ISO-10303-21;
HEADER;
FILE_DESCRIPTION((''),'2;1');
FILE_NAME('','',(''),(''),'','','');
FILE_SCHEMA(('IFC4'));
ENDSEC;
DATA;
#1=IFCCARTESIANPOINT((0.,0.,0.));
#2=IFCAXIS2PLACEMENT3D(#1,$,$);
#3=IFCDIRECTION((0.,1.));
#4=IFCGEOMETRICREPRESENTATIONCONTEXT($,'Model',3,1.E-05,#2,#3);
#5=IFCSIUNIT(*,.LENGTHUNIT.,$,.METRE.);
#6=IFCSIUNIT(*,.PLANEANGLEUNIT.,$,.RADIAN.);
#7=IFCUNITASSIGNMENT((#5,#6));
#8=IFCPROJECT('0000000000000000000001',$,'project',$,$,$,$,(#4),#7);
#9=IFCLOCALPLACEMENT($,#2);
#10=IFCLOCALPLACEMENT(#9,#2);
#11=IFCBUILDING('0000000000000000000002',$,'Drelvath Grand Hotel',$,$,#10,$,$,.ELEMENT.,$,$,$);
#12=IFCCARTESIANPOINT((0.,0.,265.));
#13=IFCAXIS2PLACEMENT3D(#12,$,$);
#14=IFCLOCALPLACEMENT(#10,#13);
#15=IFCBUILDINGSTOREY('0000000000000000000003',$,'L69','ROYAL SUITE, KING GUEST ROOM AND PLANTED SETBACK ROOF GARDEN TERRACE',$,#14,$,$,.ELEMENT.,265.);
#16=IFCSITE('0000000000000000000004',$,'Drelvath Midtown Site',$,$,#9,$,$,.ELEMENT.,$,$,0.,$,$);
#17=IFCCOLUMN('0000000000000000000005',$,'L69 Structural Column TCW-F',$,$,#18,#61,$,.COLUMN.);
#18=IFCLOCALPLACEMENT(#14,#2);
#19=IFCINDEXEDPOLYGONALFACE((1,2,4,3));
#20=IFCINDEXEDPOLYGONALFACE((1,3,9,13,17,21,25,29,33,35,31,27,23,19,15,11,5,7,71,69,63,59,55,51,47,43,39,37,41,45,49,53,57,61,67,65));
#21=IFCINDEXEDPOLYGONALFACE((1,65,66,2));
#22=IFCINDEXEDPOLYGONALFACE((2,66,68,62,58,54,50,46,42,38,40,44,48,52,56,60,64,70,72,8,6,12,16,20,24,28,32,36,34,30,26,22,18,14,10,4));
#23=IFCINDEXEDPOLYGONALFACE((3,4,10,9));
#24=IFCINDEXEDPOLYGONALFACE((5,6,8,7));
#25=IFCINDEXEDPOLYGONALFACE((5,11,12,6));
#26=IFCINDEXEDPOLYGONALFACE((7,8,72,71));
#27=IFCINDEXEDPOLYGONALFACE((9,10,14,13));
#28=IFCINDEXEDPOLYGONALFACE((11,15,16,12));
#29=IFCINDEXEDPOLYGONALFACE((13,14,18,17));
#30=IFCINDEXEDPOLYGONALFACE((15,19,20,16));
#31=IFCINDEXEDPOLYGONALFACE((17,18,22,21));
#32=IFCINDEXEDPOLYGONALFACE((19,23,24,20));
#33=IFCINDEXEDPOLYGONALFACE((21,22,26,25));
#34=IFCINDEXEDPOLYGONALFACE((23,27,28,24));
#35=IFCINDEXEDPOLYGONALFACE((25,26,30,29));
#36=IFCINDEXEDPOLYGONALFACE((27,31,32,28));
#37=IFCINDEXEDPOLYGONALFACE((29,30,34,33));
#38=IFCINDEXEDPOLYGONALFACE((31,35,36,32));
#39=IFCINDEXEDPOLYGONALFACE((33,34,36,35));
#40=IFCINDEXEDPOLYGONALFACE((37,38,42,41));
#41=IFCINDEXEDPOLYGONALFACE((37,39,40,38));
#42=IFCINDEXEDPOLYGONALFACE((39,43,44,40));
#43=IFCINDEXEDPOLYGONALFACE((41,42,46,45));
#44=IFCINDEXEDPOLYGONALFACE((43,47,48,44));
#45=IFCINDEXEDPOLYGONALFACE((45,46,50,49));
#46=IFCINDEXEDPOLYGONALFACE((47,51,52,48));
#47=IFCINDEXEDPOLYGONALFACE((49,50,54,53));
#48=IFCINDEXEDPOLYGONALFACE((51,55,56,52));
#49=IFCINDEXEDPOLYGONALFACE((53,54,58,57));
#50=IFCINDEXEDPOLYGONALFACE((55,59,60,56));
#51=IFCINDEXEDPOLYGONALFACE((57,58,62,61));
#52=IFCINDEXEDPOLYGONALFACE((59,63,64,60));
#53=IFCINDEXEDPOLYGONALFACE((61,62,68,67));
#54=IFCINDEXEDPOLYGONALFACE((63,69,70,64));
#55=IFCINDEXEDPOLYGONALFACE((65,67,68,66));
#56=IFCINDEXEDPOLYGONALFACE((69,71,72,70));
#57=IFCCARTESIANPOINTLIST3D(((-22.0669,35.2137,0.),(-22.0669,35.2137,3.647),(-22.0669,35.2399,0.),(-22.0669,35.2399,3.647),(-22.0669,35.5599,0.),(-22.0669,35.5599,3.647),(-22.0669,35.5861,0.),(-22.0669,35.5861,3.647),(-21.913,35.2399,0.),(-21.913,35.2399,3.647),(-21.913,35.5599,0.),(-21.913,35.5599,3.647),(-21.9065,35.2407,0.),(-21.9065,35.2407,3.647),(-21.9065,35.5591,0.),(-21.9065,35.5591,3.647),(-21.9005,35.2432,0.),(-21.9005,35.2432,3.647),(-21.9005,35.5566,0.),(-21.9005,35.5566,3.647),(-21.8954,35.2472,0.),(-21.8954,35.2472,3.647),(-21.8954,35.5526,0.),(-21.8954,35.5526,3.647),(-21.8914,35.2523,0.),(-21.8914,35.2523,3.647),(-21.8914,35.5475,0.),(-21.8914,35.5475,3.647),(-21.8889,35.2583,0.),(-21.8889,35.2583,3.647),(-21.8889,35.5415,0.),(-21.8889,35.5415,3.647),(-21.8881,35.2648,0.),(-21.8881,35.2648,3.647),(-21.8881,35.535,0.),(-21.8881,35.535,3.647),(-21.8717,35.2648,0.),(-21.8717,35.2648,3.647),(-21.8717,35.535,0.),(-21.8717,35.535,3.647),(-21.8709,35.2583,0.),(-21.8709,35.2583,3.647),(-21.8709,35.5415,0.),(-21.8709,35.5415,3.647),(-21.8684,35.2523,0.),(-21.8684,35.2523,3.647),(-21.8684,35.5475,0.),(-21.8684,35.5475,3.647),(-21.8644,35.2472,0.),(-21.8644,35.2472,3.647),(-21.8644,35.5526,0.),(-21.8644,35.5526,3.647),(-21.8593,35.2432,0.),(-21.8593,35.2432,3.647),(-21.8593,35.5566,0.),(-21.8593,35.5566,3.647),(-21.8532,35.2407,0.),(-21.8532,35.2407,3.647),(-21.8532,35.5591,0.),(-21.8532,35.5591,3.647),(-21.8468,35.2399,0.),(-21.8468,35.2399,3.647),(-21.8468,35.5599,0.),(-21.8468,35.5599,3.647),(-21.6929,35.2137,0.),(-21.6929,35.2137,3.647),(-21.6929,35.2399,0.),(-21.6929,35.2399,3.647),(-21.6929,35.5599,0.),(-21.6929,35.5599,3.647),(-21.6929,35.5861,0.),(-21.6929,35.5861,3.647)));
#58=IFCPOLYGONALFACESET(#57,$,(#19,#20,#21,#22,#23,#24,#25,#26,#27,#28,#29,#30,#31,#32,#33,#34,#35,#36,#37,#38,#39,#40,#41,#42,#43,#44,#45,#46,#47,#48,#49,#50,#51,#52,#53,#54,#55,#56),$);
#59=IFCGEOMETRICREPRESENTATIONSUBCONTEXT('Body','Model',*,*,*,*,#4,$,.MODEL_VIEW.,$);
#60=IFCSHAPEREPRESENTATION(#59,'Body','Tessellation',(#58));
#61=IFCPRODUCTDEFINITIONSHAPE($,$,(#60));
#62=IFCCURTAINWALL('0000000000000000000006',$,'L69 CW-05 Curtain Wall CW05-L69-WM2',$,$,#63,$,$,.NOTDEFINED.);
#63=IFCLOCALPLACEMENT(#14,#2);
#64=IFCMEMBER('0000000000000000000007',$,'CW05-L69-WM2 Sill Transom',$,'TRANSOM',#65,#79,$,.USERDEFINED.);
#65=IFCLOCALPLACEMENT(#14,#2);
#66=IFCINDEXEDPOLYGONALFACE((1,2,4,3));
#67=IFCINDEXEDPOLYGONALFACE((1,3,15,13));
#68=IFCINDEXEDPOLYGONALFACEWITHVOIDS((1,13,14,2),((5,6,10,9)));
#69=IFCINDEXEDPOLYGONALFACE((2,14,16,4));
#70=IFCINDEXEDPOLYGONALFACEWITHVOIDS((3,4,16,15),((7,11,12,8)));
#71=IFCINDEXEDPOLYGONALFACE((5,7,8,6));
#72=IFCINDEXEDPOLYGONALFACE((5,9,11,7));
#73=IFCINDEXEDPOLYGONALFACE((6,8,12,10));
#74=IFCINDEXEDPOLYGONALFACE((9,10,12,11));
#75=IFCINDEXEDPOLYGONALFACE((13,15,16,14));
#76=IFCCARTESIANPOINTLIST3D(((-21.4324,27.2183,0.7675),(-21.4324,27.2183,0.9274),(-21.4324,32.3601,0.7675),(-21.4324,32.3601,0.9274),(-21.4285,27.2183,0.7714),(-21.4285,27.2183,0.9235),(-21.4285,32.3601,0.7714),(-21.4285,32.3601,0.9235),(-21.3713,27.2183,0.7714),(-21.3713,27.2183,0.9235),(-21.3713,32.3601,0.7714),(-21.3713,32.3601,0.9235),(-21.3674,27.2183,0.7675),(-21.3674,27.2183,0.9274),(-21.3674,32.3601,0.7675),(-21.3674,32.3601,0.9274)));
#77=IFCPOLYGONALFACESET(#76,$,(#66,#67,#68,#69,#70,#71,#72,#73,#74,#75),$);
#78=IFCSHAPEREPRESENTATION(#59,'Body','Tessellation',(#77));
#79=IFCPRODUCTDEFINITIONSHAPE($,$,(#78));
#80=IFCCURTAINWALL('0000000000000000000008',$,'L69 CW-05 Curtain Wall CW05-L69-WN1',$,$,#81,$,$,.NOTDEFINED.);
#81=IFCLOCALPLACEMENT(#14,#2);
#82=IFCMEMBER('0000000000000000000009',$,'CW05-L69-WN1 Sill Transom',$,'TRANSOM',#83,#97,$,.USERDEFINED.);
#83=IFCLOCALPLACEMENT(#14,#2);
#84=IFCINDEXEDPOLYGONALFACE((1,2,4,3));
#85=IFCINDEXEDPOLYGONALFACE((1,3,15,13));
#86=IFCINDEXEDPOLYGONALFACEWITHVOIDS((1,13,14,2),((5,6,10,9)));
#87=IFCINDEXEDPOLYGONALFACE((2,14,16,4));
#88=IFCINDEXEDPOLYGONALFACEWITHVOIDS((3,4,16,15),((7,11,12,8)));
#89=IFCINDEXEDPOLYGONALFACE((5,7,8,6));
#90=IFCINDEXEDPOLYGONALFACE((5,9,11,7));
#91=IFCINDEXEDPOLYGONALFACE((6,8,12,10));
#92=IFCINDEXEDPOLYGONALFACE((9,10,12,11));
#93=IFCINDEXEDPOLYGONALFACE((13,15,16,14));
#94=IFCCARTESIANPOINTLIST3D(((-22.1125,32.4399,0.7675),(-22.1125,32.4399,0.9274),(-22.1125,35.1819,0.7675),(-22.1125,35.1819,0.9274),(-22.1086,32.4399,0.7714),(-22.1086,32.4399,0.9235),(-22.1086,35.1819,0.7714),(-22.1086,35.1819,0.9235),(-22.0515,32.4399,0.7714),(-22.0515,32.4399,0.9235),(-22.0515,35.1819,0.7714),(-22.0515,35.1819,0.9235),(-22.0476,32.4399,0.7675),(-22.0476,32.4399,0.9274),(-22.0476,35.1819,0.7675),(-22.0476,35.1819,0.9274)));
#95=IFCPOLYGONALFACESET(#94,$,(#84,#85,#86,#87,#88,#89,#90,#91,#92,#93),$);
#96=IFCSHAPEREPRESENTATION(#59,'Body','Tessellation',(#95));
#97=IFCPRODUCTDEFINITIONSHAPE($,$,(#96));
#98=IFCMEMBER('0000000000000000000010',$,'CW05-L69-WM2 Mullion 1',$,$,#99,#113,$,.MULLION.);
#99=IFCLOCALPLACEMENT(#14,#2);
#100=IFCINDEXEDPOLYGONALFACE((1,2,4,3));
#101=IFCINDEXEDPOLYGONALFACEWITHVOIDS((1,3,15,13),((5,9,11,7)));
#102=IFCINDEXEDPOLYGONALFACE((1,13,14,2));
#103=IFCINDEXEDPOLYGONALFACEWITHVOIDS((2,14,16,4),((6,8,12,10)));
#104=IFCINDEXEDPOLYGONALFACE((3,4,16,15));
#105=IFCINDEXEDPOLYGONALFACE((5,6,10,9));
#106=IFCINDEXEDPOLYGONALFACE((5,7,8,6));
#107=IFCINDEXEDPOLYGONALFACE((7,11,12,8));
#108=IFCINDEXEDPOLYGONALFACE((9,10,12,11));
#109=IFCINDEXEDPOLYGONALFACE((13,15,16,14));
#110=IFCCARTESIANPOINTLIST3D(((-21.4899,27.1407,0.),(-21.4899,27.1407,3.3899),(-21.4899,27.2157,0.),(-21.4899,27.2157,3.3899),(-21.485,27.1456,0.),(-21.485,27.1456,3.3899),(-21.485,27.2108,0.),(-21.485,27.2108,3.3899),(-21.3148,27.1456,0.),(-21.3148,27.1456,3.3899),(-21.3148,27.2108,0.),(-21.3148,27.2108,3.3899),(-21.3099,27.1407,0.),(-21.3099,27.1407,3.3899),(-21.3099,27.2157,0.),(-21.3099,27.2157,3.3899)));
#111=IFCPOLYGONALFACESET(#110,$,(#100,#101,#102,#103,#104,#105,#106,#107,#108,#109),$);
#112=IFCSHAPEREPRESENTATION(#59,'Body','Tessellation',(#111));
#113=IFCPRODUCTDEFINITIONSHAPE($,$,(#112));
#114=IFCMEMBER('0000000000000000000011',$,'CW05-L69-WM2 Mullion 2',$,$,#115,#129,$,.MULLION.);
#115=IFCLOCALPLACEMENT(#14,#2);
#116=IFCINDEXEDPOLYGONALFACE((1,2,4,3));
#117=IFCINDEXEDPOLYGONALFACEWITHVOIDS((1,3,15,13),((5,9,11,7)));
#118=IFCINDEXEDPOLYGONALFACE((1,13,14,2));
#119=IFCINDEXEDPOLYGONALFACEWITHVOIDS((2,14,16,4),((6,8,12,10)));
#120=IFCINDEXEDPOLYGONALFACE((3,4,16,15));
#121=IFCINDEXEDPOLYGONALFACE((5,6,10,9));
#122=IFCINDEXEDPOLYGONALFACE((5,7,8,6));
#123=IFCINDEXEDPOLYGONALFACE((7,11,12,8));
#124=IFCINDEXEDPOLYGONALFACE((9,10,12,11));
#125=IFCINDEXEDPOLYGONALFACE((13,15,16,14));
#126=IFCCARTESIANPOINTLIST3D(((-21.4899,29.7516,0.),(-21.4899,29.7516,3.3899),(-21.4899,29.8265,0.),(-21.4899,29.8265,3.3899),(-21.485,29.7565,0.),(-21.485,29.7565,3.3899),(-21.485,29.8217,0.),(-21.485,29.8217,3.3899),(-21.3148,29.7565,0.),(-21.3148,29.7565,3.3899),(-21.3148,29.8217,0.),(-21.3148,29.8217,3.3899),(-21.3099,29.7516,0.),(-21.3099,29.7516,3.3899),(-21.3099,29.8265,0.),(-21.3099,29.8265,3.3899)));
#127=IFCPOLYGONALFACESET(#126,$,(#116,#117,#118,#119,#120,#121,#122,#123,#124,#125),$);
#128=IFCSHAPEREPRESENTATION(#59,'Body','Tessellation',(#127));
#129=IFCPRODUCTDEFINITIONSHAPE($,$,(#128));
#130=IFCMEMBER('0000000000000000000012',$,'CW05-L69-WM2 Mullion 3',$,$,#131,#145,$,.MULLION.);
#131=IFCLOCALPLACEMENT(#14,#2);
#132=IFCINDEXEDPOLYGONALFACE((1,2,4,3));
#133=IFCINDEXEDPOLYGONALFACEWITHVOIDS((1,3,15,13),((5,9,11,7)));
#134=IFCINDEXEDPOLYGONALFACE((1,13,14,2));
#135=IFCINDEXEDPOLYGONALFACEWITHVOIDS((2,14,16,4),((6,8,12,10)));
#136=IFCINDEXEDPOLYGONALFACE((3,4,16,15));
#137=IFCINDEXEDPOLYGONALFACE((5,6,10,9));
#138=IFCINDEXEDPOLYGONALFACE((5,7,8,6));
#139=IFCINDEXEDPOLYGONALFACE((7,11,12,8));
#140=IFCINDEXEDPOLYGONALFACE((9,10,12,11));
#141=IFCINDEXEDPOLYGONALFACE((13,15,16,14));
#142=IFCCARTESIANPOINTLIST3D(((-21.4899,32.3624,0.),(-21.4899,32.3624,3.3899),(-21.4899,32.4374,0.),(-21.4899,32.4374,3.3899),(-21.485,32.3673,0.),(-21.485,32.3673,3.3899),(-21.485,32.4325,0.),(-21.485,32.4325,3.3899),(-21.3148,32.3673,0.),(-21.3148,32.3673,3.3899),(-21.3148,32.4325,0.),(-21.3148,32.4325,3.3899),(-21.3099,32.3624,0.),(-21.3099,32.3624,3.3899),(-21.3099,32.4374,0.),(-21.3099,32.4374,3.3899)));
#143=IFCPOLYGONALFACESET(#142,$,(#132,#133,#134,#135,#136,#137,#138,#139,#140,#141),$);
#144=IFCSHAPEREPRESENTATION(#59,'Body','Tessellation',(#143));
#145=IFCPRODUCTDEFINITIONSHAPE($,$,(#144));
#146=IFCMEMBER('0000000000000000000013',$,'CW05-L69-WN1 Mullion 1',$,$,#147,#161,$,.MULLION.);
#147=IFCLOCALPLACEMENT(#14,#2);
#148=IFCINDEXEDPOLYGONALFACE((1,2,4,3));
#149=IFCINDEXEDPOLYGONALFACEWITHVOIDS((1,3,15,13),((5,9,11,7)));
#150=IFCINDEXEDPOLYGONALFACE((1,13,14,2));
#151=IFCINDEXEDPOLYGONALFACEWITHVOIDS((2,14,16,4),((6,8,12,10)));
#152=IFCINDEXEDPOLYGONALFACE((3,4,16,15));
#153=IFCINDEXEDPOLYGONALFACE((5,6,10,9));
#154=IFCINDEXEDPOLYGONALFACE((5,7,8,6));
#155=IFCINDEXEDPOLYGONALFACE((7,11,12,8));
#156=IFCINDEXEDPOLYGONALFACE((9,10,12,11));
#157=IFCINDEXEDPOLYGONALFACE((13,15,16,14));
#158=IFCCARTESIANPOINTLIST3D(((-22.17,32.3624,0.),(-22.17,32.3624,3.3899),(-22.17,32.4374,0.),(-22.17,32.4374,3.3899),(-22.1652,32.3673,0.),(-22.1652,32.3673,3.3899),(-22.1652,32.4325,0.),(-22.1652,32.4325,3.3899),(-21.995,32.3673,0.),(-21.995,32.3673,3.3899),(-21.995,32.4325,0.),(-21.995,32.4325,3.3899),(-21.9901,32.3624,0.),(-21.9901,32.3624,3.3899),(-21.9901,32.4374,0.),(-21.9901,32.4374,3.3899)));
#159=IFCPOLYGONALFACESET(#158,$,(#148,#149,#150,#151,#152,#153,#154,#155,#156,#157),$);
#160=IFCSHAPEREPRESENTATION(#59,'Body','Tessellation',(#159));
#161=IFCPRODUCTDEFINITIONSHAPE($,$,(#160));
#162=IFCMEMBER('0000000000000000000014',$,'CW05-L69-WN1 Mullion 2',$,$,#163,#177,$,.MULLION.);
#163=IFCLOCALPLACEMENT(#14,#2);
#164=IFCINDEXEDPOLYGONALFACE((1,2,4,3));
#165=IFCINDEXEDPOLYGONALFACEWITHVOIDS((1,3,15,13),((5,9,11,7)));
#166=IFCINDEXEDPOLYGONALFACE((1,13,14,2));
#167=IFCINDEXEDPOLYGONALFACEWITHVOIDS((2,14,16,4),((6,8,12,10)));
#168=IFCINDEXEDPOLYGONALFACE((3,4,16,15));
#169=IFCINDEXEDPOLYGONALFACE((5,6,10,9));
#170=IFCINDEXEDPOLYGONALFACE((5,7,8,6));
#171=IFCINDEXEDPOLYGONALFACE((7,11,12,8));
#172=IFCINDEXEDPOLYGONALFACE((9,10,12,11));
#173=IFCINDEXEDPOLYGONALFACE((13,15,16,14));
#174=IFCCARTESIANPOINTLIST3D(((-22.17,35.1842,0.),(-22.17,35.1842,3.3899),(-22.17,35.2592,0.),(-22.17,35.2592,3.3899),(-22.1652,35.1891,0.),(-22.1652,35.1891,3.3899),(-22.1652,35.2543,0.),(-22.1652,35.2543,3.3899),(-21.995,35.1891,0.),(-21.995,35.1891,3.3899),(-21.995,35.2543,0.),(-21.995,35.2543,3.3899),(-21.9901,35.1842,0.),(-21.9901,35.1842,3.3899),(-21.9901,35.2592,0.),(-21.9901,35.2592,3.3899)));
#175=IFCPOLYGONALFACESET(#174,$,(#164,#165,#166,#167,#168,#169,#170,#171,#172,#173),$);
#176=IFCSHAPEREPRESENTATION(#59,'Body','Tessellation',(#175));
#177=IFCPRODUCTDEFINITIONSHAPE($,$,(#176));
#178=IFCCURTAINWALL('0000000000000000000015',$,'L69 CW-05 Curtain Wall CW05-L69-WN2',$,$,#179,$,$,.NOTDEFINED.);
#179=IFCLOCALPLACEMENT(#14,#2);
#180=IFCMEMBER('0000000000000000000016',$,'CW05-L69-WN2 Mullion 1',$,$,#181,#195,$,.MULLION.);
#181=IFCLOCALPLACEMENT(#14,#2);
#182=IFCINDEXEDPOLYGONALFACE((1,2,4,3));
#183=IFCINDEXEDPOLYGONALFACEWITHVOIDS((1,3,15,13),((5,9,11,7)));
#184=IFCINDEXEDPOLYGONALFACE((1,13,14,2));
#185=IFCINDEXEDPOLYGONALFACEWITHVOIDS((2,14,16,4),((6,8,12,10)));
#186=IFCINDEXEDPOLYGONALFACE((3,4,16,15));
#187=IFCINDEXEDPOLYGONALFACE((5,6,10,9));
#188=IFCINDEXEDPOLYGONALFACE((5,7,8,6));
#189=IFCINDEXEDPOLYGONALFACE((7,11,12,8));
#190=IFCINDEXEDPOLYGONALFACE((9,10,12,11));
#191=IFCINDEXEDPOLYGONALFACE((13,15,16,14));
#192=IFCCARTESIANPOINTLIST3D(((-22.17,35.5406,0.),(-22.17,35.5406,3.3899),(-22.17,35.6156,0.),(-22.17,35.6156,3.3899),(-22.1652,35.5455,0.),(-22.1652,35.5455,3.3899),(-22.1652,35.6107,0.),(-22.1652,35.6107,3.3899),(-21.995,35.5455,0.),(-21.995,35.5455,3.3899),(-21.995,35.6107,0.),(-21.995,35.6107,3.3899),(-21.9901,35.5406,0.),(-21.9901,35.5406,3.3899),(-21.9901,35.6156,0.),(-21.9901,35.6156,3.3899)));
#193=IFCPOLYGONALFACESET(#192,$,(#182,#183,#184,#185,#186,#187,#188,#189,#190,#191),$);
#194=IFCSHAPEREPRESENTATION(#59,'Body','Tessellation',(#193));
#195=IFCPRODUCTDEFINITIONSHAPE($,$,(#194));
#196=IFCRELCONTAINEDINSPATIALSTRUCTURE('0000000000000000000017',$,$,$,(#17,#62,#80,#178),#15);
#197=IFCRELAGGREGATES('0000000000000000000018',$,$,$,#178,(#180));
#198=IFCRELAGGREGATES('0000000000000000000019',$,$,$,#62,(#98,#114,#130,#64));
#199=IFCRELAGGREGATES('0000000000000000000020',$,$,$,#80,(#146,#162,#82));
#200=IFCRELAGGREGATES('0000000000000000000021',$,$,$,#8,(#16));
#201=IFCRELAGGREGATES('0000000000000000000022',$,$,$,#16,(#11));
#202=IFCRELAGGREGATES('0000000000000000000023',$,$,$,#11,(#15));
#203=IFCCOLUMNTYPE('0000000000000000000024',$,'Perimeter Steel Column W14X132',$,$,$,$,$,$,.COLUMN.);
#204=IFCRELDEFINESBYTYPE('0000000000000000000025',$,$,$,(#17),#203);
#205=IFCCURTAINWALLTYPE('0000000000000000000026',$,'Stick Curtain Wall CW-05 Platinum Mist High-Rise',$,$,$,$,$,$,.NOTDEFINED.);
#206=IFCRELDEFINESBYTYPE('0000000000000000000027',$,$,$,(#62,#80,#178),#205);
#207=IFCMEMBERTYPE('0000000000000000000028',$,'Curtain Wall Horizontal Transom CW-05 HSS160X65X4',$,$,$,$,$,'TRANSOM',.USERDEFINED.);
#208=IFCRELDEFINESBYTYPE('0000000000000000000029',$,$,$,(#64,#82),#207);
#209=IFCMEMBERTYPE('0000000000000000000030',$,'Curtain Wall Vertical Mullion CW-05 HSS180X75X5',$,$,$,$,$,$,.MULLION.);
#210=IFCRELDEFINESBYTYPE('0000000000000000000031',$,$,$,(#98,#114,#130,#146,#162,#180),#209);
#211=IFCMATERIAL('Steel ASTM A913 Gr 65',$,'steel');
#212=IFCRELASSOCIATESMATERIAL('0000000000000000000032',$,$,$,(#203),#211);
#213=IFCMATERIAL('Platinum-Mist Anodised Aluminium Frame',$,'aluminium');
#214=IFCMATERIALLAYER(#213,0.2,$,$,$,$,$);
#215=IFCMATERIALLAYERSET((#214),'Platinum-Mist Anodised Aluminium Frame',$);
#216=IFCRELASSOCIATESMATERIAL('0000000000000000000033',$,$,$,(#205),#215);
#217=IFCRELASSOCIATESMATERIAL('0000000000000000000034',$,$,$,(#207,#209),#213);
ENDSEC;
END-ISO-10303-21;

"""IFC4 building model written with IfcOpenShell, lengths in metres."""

from ifc_helpers import new_model, si_unit, direction, frame, origin, origin_2d, place, context, subcontext, project, spatial, hollow_rectangle, i_section, extrude, material, layer, layer_set, material_profile, profile_set, type_object, element, aggregate, save


model = new_model("IFC4")

# Units and contexts
model_context = context("Model", 3, precision=1e-05, world=origin(), true_north=direction((0.0, 1.0)))
body_context = subcontext(model_context, "Body", "Model", "MODEL_VIEW")
ifc_project = project(units=[si_unit("LENGTHUNIT", "METRE"), si_unit("PLANEANGLEUNIT", "RADIAN")], contexts=[model_context])

# Site, building, storey
site_placement = place(None, origin())
site = spatial("IfcSite", under=ifc_project, at=site_placement, Name="Drelvath Midtown Site", CompositionType="ELEMENT", RefElevation=0.0)
building_placement = place(site_placement, origin())
building = spatial("IfcBuilding", under=site, at=building_placement, Name="Drelvath Grand Hotel", CompositionType="ELEMENT")
storey_placement = place(building_placement, frame((0.0, 0.0, 265.0)))
storey = spatial("IfcBuildingStorey", under=building, at=storey_placement, Name="L69", Description="ROYAL SUITE, KING GUEST ROOM AND PLANTED SETBACK ROOF GARDEN TERRACE", CompositionType="ELEMENT", Elevation=265.0)

# Column
ifc_material_1 = material(Name="Steel ASTM A913 Gr 65", Category="steel")
ifc_material_profile_1 = material_profile(ifc_material_1, i_section(OverallWidth=0.374, OverallDepth=0.3723, WebThickness=0.0164, FlangeThickness=0.0261, FilletRadius=0.0249, at=origin_2d()), Name="W14X132")
ifc_profile_set_1 = profile_set([ifc_material_profile_1], Name="Steel ASTM A913 Gr 65")
column_type = type_object("IfcColumnType", Name="Perimeter Steel Column W14X132", PredefinedType="COLUMN", material=ifc_profile_set_1)
column_placement = place(storey_placement, frame((-21.8799, 35.3999, 0.0), z_axis=(0.0, 0.0, 1.0), x_axis=(1.0, 0.0, 0.0)))
element("IfcColumn", 1, at=column_placement, inside=storey, type_object=column_type, Name="L69 Structural Column TCW-F", PredefinedType="COLUMN", context=body_context, shape_type="SweptSolid", body=[
    extrude(i_section(OverallWidth=0.374, OverallDepth=0.3723, WebThickness=0.0164, FlangeThickness=0.0261, FilletRadius=0.0249, at=origin_2d()), origin(), (0.0, 0.0, 1.0), 3.647),
])

# Curtain walls, members
ifc_material_2 = material(Name="Platinum-Mist Anodised Aluminium Frame", Category="aluminium")
ifc_layer_1 = layer(ifc_material_2, 0.2)
ifc_layer_set_1 = layer_set([ifc_layer_1], Name="Platinum-Mist Anodised Aluminium Frame")
curtain_wall_type = type_object("IfcCurtainWallType", Name="Stick Curtain Wall CW-05 Platinum Mist High-Rise", PredefinedType="NOTDEFINED", material=ifc_layer_set_1)
curtain_wall_1_placement = place(storey_placement, origin())
curtain_wall_1 = element("IfcCurtainWall", 2, at=curtain_wall_1_placement, inside=storey, type_object=curtain_wall_type, Name="L69 CW-05 Curtain Wall CW05-L69-WM2", PredefinedType="NOTDEFINED")
ifc_material_profile_2 = material_profile(ifc_material_2, hollow_rectangle(XDim=0.0649, YDim=0.1599, WallThickness=0.0039, at=origin_2d()), Name="HSS160X65X4")
ifc_profile_set_2 = profile_set([ifc_material_profile_2], Name="Platinum-Mist Anodised Aluminium Frame")
member_type_1 = type_object("IfcMemberType", Name="Curtain Wall Horizontal Transom CW-05 HSS160X65X4", ElementType="TRANSOM", PredefinedType="USERDEFINED", material=ifc_profile_set_2)
member_1_placement = place(storey_placement, frame((-21.3999, 27.2183, 0.8474), z_axis=(0.0, 1.0, 0.0), x_axis=(-1.0, 0.0, 0.0)))
member_1 = element("IfcMember", 3, at=member_1_placement, type_object=member_type_1, Name="CW05-L69-WM2 Sill Transom", ObjectType="TRANSOM", PredefinedType="USERDEFINED", context=body_context, shape_type="SweptSolid", body=[
    extrude(hollow_rectangle(XDim=0.0649, YDim=0.1599, WallThickness=0.0039, at=origin_2d()), origin(), (0.0, 0.0, 1.0), 5.1418),
])
curtain_wall_2_placement = place(storey_placement, origin())
curtain_wall_2 = element("IfcCurtainWall", 4, at=curtain_wall_2_placement, inside=storey, type_object=curtain_wall_type, Name="L69 CW-05 Curtain Wall CW05-L69-WN1", PredefinedType="NOTDEFINED")
member_2_placement = place(storey_placement, frame((-22.0801, 32.4399, 0.8474), z_axis=(0.0, 1.0, 0.0), x_axis=(-1.0, 0.0, 0.0)))
member_2 = element("IfcMember", 5, at=member_2_placement, type_object=member_type_1, Name="CW05-L69-WN1 Sill Transom", ObjectType="TRANSOM", PredefinedType="USERDEFINED", context=body_context, shape_type="SweptSolid", body=[
    extrude(hollow_rectangle(XDim=0.0649, YDim=0.1599, WallThickness=0.0039, at=origin_2d()), origin(), (0.0, 0.0, 1.0), 2.7419),
])

# Members
ifc_material_profile_3 = material_profile(ifc_material_2, hollow_rectangle(XDim=0.075, YDim=0.1799, WallThickness=0.0049, at=origin_2d()), Name="HSS180X75X5")
ifc_profile_set_3 = profile_set([ifc_material_profile_3], Name="Platinum-Mist Anodised Aluminium Frame")
member_type_2 = type_object("IfcMemberType", Name="Curtain Wall Vertical Mullion CW-05 HSS180X75X5", PredefinedType="MULLION", material=ifc_profile_set_3)
member_3_placement = place(storey_placement, frame((-21.3999, 27.1782, 0.0), z_axis=(0.0, 0.0, 1.0), x_axis=(0.0, 1.0, 0.0)))
member_3 = element("IfcMember", 6, at=member_3_placement, type_object=member_type_2, Name="CW05-L69-WM2 Mullion 1", PredefinedType="MULLION", context=body_context, shape_type="SweptSolid", body=[
    extrude(hollow_rectangle(XDim=0.075, YDim=0.1799, WallThickness=0.0049, at=origin_2d()), origin(), (0.0, 0.0, 1.0), 3.3899),
])
member_4_placement = place(storey_placement, frame((-21.3999, 29.7891, 0.0), z_axis=(0.0, 0.0, 1.0), x_axis=(0.0, 1.0, 0.0)))
member_4 = element("IfcMember", 7, at=member_4_placement, type_object=member_type_2, Name="CW05-L69-WM2 Mullion 2", PredefinedType="MULLION", context=body_context, shape_type="SweptSolid", body=[
    extrude(hollow_rectangle(XDim=0.075, YDim=0.1799, WallThickness=0.0049, at=origin_2d()), origin(), (0.0, 0.0, 1.0), 3.3899),
])
member_5_placement = place(storey_placement, frame((-21.3999, 32.3999, 0.0), z_axis=(0.0, 0.0, 1.0), x_axis=(0.0, 1.0, 0.0)))
member_5 = element("IfcMember", 8, at=member_5_placement, type_object=member_type_2, Name="CW05-L69-WM2 Mullion 3", PredefinedType="MULLION", context=body_context, shape_type="SweptSolid", body=[
    extrude(hollow_rectangle(XDim=0.075, YDim=0.1799, WallThickness=0.0049, at=origin_2d()), origin(), (0.0, 0.0, 1.0), 3.3899),
])
member_6_placement = place(storey_placement, frame((-22.0801, 32.3999, 0.0), z_axis=(0.0, 0.0, 1.0), x_axis=(0.0, 1.0, 0.0)))
member_6 = element("IfcMember", 9, at=member_6_placement, type_object=member_type_2, Name="CW05-L69-WN1 Mullion 1", PredefinedType="MULLION", context=body_context, shape_type="SweptSolid", body=[
    extrude(hollow_rectangle(XDim=0.075, YDim=0.1799, WallThickness=0.0049, at=origin_2d()), origin(), (0.0, 0.0, 1.0), 3.3899),
])
member_7_placement = place(storey_placement, frame((-22.0801, 35.2217, 0.0), z_axis=(0.0, 0.0, 1.0), x_axis=(0.0, 1.0, 0.0)))
member_7 = element("IfcMember", 10, at=member_7_placement, type_object=member_type_2, Name="CW05-L69-WN1 Mullion 2", PredefinedType="MULLION", context=body_context, shape_type="SweptSolid", body=[
    extrude(hollow_rectangle(XDim=0.075, YDim=0.1799, WallThickness=0.0049, at=origin_2d()), origin(), (0.0, 0.0, 1.0), 3.3899),
])

# Curtain wall, member
curtain_wall_3_placement = place(storey_placement, origin())
curtain_wall_3 = element("IfcCurtainWall", 11, at=curtain_wall_3_placement, inside=storey, type_object=curtain_wall_type, Name="L69 CW-05 Curtain Wall CW05-L69-WN2", PredefinedType="NOTDEFINED")
member_8_placement = place(storey_placement, frame((-22.0801, 35.5781, 0.0), z_axis=(0.0, 0.0, 1.0), x_axis=(0.0, 1.0, 0.0)))
member_8 = element("IfcMember", 12, at=member_8_placement, type_object=member_type_2, Name="CW05-L69-WN2 Mullion 1", PredefinedType="MULLION", context=body_context, shape_type="SweptSolid", body=[
    extrude(hollow_rectangle(XDim=0.075, YDim=0.1799, WallThickness=0.0049, at=origin_2d()), origin(), (0.0, 0.0, 1.0), 3.3899),
])
aggregate(curtain_wall_3, [member_8])

aggregate(curtain_wall_1, [member_3, member_4, member_5, member_1])
aggregate(curtain_wall_2, [member_6, member_7, member_2])

save(model, "model.ifc")
